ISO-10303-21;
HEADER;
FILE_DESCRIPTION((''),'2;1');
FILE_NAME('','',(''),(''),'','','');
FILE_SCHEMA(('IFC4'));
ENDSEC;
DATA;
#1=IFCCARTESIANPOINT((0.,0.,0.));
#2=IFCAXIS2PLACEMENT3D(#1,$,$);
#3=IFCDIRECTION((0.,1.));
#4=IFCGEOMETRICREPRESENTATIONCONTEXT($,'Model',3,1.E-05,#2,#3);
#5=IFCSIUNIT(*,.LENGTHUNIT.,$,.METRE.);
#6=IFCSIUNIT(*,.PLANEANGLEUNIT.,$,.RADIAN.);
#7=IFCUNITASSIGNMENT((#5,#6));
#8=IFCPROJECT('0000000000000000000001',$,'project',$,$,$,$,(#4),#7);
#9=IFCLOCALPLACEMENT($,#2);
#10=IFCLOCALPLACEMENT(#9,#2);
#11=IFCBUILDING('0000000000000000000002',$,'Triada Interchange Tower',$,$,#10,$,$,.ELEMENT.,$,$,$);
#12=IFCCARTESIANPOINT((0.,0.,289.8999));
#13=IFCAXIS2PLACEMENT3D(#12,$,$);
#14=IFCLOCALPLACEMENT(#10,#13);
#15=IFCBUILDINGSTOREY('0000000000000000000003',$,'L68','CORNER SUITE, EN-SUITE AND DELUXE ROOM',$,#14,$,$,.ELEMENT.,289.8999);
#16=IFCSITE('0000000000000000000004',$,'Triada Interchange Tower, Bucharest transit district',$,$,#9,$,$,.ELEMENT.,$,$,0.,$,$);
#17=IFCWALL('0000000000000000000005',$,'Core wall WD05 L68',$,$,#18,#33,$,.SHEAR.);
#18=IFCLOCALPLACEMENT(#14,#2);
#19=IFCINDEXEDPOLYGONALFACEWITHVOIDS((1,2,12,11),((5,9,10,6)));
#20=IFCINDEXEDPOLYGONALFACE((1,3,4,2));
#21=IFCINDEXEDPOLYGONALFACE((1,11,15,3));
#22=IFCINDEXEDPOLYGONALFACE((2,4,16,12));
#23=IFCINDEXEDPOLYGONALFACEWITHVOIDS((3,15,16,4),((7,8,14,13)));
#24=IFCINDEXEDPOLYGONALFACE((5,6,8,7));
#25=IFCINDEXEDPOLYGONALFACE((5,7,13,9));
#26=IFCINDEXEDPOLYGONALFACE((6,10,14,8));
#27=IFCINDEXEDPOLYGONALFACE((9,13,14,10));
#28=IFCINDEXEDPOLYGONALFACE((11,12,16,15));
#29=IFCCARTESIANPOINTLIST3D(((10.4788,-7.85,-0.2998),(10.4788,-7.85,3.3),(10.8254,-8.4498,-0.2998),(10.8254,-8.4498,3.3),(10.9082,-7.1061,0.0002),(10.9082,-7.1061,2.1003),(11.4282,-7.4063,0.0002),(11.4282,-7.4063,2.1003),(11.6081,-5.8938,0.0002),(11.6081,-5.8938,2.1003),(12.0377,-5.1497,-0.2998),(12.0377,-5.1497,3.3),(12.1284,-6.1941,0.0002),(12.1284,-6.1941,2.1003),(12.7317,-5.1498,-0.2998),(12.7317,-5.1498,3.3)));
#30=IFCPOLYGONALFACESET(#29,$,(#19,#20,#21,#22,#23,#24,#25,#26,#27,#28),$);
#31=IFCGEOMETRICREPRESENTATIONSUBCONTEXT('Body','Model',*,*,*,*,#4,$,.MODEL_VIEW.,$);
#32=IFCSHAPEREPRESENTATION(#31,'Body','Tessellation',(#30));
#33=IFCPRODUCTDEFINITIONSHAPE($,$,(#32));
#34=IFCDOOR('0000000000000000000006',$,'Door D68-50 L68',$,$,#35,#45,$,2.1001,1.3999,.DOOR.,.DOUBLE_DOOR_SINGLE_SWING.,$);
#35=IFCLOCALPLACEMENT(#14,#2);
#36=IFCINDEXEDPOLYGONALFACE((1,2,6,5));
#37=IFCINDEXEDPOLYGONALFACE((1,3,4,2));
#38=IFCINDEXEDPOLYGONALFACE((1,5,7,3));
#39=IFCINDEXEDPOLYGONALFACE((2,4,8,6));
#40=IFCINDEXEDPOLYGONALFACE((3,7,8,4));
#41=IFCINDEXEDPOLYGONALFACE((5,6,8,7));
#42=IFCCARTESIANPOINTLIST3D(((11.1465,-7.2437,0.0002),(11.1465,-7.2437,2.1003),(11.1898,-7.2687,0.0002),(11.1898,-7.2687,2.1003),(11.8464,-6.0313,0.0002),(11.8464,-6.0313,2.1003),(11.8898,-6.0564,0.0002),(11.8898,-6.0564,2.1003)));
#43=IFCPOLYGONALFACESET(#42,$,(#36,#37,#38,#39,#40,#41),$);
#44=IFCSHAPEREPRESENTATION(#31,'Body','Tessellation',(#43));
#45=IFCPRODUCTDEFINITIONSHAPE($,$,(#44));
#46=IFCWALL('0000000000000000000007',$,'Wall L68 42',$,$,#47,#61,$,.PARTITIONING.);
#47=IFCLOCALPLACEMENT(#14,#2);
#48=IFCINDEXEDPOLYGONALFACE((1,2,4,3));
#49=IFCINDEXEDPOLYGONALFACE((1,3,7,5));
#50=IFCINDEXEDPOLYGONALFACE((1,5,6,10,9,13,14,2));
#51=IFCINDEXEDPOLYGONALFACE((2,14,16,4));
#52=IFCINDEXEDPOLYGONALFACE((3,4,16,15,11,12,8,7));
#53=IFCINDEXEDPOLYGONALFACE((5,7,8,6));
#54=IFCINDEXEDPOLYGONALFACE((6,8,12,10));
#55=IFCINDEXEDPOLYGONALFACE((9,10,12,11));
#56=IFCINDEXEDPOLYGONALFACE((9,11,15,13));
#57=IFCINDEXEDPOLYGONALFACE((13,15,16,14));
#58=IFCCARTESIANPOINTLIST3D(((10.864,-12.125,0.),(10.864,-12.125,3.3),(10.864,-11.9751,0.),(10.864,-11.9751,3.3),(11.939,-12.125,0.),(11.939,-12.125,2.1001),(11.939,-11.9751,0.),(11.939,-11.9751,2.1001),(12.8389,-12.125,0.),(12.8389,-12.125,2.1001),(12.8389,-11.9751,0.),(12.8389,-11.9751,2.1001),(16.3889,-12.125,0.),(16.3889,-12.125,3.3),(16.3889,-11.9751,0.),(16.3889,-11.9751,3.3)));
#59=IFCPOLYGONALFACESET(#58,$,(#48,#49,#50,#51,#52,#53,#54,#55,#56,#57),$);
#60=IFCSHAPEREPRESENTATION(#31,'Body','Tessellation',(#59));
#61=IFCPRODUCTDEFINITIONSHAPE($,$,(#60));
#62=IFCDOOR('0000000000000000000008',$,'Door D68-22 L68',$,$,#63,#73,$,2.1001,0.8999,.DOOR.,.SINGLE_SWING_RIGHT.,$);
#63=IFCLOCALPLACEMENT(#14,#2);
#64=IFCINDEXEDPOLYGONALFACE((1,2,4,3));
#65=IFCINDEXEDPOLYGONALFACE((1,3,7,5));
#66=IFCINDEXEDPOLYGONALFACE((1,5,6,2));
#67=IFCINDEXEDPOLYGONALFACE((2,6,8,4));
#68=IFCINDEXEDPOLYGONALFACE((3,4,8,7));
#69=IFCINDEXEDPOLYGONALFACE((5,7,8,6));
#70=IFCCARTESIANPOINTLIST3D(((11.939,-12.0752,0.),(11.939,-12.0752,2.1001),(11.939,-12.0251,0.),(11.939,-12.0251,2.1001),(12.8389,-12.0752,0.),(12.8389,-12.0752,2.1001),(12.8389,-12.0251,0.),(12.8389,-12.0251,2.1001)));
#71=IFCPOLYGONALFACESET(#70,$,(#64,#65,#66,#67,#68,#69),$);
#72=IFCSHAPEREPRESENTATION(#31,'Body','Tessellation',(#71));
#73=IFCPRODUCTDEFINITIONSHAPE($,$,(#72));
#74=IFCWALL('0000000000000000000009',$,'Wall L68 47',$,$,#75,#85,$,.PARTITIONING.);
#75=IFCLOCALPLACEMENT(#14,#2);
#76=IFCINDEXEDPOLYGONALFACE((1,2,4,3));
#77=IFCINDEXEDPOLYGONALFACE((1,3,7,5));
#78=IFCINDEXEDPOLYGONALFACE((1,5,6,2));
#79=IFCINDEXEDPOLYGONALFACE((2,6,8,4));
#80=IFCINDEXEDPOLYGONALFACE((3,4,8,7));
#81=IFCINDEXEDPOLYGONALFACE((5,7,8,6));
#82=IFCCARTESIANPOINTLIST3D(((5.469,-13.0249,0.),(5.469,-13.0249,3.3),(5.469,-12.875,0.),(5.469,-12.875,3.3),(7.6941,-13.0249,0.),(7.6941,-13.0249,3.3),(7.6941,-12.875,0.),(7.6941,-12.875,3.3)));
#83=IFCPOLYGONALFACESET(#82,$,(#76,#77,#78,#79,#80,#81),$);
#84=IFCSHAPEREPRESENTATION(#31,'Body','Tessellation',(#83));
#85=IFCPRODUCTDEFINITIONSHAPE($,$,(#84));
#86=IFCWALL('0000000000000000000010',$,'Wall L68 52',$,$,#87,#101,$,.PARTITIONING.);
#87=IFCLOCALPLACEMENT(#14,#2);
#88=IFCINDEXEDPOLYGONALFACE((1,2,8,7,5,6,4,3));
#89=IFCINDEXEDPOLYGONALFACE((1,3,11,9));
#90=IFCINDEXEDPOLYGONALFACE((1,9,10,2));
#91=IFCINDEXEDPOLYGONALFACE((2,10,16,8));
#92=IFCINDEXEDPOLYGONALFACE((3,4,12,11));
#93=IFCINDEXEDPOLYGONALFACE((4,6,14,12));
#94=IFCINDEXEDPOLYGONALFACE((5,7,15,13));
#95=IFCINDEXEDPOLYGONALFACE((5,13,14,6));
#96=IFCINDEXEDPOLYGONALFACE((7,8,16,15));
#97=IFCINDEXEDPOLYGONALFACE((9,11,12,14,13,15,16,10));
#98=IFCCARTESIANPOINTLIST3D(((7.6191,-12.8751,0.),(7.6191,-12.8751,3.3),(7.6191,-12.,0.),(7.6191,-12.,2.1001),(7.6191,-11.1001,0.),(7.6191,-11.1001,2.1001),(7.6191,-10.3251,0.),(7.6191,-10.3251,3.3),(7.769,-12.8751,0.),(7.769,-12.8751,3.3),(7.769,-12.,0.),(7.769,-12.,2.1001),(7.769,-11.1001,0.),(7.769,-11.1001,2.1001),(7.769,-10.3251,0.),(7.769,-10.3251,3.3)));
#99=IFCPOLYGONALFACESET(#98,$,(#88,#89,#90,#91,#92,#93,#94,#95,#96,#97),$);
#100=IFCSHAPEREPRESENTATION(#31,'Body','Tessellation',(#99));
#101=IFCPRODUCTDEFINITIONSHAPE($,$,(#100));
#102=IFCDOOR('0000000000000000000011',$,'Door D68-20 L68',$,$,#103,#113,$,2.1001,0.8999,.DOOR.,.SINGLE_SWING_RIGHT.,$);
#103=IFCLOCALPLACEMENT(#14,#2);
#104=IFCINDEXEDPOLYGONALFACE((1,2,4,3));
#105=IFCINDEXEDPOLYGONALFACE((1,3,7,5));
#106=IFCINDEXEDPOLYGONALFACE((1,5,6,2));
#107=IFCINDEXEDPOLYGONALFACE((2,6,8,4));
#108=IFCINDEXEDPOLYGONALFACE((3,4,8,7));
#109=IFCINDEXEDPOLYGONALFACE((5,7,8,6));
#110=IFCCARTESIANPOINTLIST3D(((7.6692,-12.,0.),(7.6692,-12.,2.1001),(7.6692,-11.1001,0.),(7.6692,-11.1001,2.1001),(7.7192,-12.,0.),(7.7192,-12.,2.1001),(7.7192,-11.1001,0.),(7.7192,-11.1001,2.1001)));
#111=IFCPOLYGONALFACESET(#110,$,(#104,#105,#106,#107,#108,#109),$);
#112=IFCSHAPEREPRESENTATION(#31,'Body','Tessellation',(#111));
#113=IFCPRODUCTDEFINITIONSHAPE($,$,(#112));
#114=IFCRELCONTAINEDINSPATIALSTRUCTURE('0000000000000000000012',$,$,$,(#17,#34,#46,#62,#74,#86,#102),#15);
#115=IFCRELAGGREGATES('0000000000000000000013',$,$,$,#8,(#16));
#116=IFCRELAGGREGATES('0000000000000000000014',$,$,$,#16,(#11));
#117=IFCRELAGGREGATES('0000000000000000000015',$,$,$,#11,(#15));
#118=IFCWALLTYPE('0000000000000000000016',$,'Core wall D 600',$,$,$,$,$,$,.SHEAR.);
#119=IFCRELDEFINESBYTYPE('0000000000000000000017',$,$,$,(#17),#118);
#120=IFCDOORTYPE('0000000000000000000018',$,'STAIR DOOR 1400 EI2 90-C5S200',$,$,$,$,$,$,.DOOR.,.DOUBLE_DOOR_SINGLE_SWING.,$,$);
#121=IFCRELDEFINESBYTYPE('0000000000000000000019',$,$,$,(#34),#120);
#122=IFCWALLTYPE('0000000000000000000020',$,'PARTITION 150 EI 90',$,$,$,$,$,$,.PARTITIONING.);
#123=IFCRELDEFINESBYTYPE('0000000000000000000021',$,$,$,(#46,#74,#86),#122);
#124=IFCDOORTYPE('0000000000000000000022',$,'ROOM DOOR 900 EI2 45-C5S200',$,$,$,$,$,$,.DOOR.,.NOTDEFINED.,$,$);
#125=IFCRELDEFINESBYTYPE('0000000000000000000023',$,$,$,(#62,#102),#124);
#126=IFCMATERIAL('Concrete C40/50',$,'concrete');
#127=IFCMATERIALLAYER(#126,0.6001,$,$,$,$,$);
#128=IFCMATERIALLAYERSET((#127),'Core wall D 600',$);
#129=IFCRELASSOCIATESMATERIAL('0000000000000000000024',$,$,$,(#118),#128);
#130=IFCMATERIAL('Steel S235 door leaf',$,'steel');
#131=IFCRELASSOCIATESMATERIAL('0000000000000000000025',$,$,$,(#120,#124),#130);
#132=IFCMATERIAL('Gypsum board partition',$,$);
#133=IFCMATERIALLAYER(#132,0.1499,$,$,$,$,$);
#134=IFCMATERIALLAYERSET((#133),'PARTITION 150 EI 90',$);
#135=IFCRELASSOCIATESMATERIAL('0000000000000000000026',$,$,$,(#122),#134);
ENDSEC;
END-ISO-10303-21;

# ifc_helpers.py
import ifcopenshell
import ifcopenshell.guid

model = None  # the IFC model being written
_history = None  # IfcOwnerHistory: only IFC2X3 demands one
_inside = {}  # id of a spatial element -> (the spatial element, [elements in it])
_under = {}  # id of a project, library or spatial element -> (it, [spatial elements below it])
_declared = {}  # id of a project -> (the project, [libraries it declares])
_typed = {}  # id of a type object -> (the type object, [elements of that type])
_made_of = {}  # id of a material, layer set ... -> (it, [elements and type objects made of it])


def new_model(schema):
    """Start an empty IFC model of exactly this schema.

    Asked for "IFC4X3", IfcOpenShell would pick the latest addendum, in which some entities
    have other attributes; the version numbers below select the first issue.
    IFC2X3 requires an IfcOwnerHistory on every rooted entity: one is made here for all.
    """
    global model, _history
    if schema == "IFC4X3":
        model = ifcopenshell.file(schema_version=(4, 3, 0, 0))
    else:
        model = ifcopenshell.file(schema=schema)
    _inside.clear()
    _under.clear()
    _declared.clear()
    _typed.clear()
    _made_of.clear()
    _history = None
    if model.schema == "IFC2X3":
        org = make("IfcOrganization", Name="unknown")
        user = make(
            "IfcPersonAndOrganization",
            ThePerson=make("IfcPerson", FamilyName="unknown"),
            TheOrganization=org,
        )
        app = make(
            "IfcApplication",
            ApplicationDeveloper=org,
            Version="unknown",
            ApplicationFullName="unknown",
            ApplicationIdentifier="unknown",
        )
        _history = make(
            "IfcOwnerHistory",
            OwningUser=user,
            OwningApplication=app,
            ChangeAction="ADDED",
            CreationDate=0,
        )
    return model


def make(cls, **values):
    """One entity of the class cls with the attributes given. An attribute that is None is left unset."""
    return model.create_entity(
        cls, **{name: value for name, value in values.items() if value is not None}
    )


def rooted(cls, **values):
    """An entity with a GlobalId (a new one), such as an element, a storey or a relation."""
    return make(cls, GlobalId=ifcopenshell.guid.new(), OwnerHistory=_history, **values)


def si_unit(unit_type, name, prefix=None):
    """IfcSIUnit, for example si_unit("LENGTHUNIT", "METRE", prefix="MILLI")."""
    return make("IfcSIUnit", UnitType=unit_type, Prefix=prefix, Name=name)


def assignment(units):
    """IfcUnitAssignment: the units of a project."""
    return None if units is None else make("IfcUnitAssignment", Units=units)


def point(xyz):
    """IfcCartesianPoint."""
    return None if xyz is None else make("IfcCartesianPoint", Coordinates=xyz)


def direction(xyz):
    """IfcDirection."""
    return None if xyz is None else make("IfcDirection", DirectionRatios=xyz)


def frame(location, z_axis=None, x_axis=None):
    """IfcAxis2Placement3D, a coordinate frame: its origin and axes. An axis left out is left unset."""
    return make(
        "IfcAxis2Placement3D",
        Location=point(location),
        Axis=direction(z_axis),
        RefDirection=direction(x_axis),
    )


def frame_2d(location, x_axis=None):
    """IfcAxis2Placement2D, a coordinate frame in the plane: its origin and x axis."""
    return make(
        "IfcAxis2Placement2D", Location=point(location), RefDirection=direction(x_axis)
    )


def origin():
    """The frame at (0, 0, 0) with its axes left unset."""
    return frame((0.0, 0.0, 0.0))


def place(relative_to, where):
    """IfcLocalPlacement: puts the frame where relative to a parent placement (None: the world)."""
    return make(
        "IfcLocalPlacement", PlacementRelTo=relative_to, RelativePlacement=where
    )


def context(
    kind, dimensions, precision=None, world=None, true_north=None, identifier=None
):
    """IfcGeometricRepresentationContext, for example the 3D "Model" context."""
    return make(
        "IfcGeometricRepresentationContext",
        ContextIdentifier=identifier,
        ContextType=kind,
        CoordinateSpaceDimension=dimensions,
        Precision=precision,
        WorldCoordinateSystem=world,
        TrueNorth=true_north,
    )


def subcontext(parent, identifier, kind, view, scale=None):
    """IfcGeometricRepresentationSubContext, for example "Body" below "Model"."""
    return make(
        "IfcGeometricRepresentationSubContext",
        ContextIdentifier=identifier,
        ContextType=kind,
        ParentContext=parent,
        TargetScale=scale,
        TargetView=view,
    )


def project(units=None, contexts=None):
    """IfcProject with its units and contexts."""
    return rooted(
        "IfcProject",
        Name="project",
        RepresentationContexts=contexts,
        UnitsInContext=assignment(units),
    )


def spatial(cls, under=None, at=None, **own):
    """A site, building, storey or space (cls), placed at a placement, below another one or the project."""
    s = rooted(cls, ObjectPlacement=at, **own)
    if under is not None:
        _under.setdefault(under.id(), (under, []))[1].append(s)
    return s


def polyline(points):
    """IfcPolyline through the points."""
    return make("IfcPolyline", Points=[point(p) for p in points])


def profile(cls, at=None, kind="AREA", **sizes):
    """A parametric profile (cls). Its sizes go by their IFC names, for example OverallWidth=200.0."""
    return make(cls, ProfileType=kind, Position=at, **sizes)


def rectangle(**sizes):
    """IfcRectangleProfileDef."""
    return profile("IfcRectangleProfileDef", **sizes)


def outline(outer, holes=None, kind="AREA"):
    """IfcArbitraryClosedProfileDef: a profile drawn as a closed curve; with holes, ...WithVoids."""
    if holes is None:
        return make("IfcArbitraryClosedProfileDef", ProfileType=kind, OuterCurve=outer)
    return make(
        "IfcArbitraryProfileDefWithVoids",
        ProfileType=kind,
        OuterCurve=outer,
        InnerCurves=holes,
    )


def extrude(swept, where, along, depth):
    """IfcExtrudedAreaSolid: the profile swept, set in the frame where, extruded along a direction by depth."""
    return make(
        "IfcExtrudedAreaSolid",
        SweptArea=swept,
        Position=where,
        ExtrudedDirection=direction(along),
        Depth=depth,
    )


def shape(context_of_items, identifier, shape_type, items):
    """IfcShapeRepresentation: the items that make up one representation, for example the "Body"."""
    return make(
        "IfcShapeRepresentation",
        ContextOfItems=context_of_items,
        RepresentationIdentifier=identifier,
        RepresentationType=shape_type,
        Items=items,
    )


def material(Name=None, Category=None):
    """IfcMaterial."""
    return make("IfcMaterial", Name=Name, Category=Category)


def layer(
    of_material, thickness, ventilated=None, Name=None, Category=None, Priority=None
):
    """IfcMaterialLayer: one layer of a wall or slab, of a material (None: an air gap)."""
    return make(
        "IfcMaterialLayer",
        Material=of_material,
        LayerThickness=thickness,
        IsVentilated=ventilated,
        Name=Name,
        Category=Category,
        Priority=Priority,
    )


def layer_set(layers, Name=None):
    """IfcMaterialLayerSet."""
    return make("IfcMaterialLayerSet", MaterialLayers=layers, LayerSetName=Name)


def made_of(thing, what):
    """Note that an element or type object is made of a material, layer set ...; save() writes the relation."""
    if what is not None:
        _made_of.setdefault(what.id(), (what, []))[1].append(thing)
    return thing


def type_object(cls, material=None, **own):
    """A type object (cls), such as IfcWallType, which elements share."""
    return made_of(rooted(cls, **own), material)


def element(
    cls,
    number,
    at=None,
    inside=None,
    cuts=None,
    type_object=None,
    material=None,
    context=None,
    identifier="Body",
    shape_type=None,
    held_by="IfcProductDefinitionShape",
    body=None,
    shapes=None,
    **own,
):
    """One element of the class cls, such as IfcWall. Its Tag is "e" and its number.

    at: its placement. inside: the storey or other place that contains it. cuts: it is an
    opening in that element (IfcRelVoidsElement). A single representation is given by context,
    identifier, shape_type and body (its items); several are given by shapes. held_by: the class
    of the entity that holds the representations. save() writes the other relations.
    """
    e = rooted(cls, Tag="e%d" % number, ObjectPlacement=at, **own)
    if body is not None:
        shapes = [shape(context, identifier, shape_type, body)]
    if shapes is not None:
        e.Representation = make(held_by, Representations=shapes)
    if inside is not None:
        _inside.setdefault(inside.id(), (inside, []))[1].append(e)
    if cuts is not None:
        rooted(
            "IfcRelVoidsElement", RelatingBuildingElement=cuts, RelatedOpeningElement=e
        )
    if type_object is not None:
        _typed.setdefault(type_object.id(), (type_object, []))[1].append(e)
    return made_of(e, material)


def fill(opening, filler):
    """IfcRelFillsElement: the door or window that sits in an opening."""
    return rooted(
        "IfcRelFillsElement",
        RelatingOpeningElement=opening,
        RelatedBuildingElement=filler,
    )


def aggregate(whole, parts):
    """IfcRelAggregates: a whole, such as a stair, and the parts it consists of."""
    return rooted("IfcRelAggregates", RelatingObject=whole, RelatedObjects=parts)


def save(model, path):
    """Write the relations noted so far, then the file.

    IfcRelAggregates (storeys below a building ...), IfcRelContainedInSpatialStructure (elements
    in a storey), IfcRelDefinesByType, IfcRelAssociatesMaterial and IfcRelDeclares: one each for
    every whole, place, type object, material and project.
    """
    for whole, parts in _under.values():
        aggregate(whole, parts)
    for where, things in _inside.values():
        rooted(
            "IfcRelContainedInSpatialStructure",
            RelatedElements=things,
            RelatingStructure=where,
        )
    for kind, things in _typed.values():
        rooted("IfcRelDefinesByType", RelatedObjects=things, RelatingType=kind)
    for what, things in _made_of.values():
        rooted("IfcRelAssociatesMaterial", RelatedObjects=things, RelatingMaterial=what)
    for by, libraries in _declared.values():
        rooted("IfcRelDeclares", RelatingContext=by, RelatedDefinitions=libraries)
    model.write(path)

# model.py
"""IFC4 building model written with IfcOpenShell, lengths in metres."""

from ifc_helpers import new_model, si_unit, direction, frame, frame_2d, origin, place, context, subcontext, project, spatial, polyline, rectangle, outline, extrude, material, layer, layer_set, type_object, element, fill, save


model = new_model("IFC4")

# Units and contexts
model_context = context("Model", 3, precision=1e-05, world=origin(), true_north=direction((0.0, 1.0)))
body_context = subcontext(model_context, "Body", "Model", "MODEL_VIEW")
ifc_project = project(units=[si_unit("LENGTHUNIT", "METRE"), si_unit("PLANEANGLEUNIT", "RADIAN")], contexts=[model_context])

# Site, building, storey
site_placement = place(None, origin())
site = spatial("IfcSite", under=ifc_project, at=site_placement, Name="Triada Interchange Tower, Bucharest transit district", CompositionType="ELEMENT", RefElevation=0.0)
building_placement = place(site_placement, origin())
building = spatial("IfcBuilding", under=site, at=building_placement, Name="Triada Interchange Tower", CompositionType="ELEMENT")
storey_placement = place(building_placement, frame((0.0, 0.0, 289.8999)))
storey = spatial("IfcBuildingStorey", under=building, at=storey_placement, Name="L68", Description="CORNER SUITE, EN-SUITE AND DELUXE ROOM", CompositionType="ELEMENT", Elevation=289.8999)

# Shared definitions
ifc_material_1 = material(Name="Steel S235 door leaf", Category="steel")

# Walls, openings, doors
ifc_material_2 = material(Name="Concrete C40/50", Category="concrete")
ifc_layer_1 = layer(ifc_material_2, 0.6001)
ifc_layer_set_1 = layer_set([ifc_layer_1], Name="Core wall D 600")
wall_type_1 = type_object("IfcWallType", Name="Core wall D 600", PredefinedType="SHEAR", material=ifc_layer_set_1)
wall_1_placement = place(storey_placement, frame((10.6521, -8.1499, -0.2998), z_axis=(0.0, 0.0, 1.0), x_axis=(0.499975, 0.86604, 0.0)))
wall_1 = element("IfcWall", 1, at=wall_1_placement, inside=storey, type_object=wall_type_1, Name="Core wall WD05 L68", PredefinedType="SHEAR", context=body_context, shape_type="SweptSolid", body=[
    extrude(outline(polyline([(-0.1731, -0.3), (1.7324, -0.3005), (3.6379, -0.301), (3.291, 0.3), (1.7319, 0.3), (0.1731, 0.3), (-0.1731, -0.3)])), origin(), (0.0, 0.0, 1.0), 3.5999),
])
opening_1_placement = place(wall_1_placement, frame((1.032, 0.0, 0.3)))
opening_1 = element("IfcOpeningElement", 2, at=opening_1_placement, cuts=wall_1, PredefinedType="OPENING", context=body_context, shape_type="SweptSolid", body=[
    extrude(rectangle(XDim=1.3999, YDim=2.1001, at=frame_2d((0.7, 1.05))), frame((0.0, 0.3101, 0.0), z_axis=(0.0, -1.0, 0.0), x_axis=(1.0, 0.0, 0.0)), (0.0, 0.0, 1.0), 0.6211),
])
door_type_1 = type_object("IfcDoorType", Name="STAIR DOOR 1400 EI2 90-C5S200", OperationType="DOUBLE_DOOR_SINGLE_SWING", PredefinedType="DOOR", material=ifc_material_1)
door_1_placement = place(opening_1_placement, origin())
door_1 = element("IfcDoor", 3, at=door_1_placement, inside=storey, type_object=door_type_1, Name="Door D68-50 L68", OperationType="DOUBLE_DOOR_SINGLE_SWING", OverallHeight=2.1001, OverallWidth=1.3999, PredefinedType="DOOR", context=body_context, shape_type="SweptSolid", body=[
    extrude(rectangle(XDim=1.3999, YDim=2.1001, at=frame_2d((0.7, 1.05))), frame((0.0, 0.0249, 0.0), z_axis=(0.0, -1.0, 0.0), x_axis=(1.0, 0.0, 0.0)), (0.0, 0.0, 1.0), 0.05),
])
fill(opening_1, door_1)
ifc_material_3 = material(Name="Gypsum board partition")
ifc_layer_2 = layer(ifc_material_3, 0.1499)
ifc_layer_set_2 = layer_set([ifc_layer_2], Name="PARTITION 150 EI 90")
wall_type_2 = type_object("IfcWallType", Name="PARTITION 150 EI 90", PredefinedType="PARTITIONING", material=ifc_layer_set_2)
wall_2_placement = place(storey_placement, frame((10.864, -12.05, 0.0), z_axis=(0.0, 0.0, 1.0), x_axis=(1.0, 0.0, 0.0)))
wall_2 = element("IfcWall", 4, at=wall_2_placement, inside=storey, type_object=wall_type_2, Name="Wall L68 42", PredefinedType="PARTITIONING", context=body_context, shape_type="SweptSolid", body=[
    extrude(rectangle(XDim=5.5249, YDim=0.1499, at=frame_2d((2.7625, 0.0))), origin(), (0.0, 0.0, 1.0), 3.3),
])
opening_2_placement = place(wall_2_placement, frame((1.075, 0.0, 0.0)))
opening_2 = element("IfcOpeningElement", 5, at=opening_2_placement, cuts=wall_2, PredefinedType="OPENING", context=body_context, shape_type="SweptSolid", body=[
    extrude(rectangle(XDim=0.8999, YDim=2.1001, at=frame_2d((0.45, 1.05))), frame((0.0, 0.085, 0.0), z_axis=(0.0, -1.0, 0.0), x_axis=(1.0, 0.0, 0.0)), (0.0, 0.0, 1.0), 0.1699),
])
door_type_2 = type_object("IfcDoorType", Name="ROOM DOOR 900 EI2 45-C5S200", OperationType="NOTDEFINED", PredefinedType="DOOR", material=ifc_material_1)
door_2_placement = place(opening_2_placement, origin())
door_2 = element("IfcDoor", 6, at=door_2_placement, inside=storey, type_object=door_type_2, Name="Door D68-22 L68", OperationType="SINGLE_SWING_RIGHT", OverallHeight=2.1001, OverallWidth=0.8999, PredefinedType="DOOR", context=body_context, shape_type="SweptSolid", body=[
    extrude(rectangle(XDim=0.8999, YDim=2.1001, at=frame_2d((0.45, 1.05))), frame((0.0, 0.0249, 0.0), z_axis=(0.0, -1.0, 0.0), x_axis=(1.0, 0.0, 0.0)), (0.0, 0.0, 1.0), 0.05),
])
fill(opening_2, door_2)

# Wall
wall_3_placement = place(storey_placement, frame((5.469, -12.95, 0.0), z_axis=(0.0, 0.0, 1.0), x_axis=(1.0, 0.0, 0.0)))
element("IfcWall", 7, at=wall_3_placement, inside=storey, type_object=wall_type_2, Name="Wall L68 47", PredefinedType="PARTITIONING", context=body_context, shape_type="SweptSolid", body=[
    extrude(rectangle(XDim=2.2251, YDim=0.1499, at=frame_2d((1.1125, 0.0))), origin(), (0.0, 0.0, 1.0), 3.3),
])

# Wall, opening, door
wall_4_placement = place(storey_placement, frame((7.6941, -12.875, 0.0), z_axis=(0.0, 0.0, 1.0), x_axis=(0.0, 1.0, 0.0)))
wall_4 = element("IfcWall", 8, at=wall_4_placement, inside=storey, type_object=wall_type_2, Name="Wall L68 52", PredefinedType="PARTITIONING", context=body_context, shape_type="SweptSolid", body=[
    extrude(rectangle(XDim=2.55, YDim=0.1499, at=frame_2d((1.2749, 0.0))), origin(), (0.0, 0.0, 1.0), 3.3),
])
opening_3_placement = place(wall_4_placement, frame((0.875, 0.0, 0.0)))
opening_3 = element("IfcOpeningElement", 9, at=opening_3_placement, cuts=wall_4, PredefinedType="OPENING", context=body_context, shape_type="SweptSolid", body=[
    extrude(rectangle(XDim=0.8999, YDim=2.1001, at=frame_2d((0.45, 1.05))), frame((0.0, 0.085, 0.0), z_axis=(0.0, -1.0, 0.0), x_axis=(1.0, 0.0, 0.0)), (0.0, 0.0, 1.0), 0.1699),
])
door_3_placement = place(opening_3_placement, origin())
door_3 = element("IfcDoor", 10, at=door_3_placement, inside=storey, type_object=door_type_2, Name="Door D68-20 L68", OperationType="SINGLE_SWING_RIGHT", OverallHeight=2.1001, OverallWidth=0.8999, PredefinedType="DOOR", context=body_context, shape_type="SweptSolid", body=[
    extrude(rectangle(XDim=0.8999, YDim=2.1001, at=frame_2d((0.45, 1.05))), frame((0.0, 0.0249, 0.0), z_axis=(0.0, -1.0, 0.0), x_axis=(1.0, 0.0, 0.0)), (0.0, 0.0, 1.0), 0.05),
])
fill(opening_3, door_3)

save(model, "model.ifc")
